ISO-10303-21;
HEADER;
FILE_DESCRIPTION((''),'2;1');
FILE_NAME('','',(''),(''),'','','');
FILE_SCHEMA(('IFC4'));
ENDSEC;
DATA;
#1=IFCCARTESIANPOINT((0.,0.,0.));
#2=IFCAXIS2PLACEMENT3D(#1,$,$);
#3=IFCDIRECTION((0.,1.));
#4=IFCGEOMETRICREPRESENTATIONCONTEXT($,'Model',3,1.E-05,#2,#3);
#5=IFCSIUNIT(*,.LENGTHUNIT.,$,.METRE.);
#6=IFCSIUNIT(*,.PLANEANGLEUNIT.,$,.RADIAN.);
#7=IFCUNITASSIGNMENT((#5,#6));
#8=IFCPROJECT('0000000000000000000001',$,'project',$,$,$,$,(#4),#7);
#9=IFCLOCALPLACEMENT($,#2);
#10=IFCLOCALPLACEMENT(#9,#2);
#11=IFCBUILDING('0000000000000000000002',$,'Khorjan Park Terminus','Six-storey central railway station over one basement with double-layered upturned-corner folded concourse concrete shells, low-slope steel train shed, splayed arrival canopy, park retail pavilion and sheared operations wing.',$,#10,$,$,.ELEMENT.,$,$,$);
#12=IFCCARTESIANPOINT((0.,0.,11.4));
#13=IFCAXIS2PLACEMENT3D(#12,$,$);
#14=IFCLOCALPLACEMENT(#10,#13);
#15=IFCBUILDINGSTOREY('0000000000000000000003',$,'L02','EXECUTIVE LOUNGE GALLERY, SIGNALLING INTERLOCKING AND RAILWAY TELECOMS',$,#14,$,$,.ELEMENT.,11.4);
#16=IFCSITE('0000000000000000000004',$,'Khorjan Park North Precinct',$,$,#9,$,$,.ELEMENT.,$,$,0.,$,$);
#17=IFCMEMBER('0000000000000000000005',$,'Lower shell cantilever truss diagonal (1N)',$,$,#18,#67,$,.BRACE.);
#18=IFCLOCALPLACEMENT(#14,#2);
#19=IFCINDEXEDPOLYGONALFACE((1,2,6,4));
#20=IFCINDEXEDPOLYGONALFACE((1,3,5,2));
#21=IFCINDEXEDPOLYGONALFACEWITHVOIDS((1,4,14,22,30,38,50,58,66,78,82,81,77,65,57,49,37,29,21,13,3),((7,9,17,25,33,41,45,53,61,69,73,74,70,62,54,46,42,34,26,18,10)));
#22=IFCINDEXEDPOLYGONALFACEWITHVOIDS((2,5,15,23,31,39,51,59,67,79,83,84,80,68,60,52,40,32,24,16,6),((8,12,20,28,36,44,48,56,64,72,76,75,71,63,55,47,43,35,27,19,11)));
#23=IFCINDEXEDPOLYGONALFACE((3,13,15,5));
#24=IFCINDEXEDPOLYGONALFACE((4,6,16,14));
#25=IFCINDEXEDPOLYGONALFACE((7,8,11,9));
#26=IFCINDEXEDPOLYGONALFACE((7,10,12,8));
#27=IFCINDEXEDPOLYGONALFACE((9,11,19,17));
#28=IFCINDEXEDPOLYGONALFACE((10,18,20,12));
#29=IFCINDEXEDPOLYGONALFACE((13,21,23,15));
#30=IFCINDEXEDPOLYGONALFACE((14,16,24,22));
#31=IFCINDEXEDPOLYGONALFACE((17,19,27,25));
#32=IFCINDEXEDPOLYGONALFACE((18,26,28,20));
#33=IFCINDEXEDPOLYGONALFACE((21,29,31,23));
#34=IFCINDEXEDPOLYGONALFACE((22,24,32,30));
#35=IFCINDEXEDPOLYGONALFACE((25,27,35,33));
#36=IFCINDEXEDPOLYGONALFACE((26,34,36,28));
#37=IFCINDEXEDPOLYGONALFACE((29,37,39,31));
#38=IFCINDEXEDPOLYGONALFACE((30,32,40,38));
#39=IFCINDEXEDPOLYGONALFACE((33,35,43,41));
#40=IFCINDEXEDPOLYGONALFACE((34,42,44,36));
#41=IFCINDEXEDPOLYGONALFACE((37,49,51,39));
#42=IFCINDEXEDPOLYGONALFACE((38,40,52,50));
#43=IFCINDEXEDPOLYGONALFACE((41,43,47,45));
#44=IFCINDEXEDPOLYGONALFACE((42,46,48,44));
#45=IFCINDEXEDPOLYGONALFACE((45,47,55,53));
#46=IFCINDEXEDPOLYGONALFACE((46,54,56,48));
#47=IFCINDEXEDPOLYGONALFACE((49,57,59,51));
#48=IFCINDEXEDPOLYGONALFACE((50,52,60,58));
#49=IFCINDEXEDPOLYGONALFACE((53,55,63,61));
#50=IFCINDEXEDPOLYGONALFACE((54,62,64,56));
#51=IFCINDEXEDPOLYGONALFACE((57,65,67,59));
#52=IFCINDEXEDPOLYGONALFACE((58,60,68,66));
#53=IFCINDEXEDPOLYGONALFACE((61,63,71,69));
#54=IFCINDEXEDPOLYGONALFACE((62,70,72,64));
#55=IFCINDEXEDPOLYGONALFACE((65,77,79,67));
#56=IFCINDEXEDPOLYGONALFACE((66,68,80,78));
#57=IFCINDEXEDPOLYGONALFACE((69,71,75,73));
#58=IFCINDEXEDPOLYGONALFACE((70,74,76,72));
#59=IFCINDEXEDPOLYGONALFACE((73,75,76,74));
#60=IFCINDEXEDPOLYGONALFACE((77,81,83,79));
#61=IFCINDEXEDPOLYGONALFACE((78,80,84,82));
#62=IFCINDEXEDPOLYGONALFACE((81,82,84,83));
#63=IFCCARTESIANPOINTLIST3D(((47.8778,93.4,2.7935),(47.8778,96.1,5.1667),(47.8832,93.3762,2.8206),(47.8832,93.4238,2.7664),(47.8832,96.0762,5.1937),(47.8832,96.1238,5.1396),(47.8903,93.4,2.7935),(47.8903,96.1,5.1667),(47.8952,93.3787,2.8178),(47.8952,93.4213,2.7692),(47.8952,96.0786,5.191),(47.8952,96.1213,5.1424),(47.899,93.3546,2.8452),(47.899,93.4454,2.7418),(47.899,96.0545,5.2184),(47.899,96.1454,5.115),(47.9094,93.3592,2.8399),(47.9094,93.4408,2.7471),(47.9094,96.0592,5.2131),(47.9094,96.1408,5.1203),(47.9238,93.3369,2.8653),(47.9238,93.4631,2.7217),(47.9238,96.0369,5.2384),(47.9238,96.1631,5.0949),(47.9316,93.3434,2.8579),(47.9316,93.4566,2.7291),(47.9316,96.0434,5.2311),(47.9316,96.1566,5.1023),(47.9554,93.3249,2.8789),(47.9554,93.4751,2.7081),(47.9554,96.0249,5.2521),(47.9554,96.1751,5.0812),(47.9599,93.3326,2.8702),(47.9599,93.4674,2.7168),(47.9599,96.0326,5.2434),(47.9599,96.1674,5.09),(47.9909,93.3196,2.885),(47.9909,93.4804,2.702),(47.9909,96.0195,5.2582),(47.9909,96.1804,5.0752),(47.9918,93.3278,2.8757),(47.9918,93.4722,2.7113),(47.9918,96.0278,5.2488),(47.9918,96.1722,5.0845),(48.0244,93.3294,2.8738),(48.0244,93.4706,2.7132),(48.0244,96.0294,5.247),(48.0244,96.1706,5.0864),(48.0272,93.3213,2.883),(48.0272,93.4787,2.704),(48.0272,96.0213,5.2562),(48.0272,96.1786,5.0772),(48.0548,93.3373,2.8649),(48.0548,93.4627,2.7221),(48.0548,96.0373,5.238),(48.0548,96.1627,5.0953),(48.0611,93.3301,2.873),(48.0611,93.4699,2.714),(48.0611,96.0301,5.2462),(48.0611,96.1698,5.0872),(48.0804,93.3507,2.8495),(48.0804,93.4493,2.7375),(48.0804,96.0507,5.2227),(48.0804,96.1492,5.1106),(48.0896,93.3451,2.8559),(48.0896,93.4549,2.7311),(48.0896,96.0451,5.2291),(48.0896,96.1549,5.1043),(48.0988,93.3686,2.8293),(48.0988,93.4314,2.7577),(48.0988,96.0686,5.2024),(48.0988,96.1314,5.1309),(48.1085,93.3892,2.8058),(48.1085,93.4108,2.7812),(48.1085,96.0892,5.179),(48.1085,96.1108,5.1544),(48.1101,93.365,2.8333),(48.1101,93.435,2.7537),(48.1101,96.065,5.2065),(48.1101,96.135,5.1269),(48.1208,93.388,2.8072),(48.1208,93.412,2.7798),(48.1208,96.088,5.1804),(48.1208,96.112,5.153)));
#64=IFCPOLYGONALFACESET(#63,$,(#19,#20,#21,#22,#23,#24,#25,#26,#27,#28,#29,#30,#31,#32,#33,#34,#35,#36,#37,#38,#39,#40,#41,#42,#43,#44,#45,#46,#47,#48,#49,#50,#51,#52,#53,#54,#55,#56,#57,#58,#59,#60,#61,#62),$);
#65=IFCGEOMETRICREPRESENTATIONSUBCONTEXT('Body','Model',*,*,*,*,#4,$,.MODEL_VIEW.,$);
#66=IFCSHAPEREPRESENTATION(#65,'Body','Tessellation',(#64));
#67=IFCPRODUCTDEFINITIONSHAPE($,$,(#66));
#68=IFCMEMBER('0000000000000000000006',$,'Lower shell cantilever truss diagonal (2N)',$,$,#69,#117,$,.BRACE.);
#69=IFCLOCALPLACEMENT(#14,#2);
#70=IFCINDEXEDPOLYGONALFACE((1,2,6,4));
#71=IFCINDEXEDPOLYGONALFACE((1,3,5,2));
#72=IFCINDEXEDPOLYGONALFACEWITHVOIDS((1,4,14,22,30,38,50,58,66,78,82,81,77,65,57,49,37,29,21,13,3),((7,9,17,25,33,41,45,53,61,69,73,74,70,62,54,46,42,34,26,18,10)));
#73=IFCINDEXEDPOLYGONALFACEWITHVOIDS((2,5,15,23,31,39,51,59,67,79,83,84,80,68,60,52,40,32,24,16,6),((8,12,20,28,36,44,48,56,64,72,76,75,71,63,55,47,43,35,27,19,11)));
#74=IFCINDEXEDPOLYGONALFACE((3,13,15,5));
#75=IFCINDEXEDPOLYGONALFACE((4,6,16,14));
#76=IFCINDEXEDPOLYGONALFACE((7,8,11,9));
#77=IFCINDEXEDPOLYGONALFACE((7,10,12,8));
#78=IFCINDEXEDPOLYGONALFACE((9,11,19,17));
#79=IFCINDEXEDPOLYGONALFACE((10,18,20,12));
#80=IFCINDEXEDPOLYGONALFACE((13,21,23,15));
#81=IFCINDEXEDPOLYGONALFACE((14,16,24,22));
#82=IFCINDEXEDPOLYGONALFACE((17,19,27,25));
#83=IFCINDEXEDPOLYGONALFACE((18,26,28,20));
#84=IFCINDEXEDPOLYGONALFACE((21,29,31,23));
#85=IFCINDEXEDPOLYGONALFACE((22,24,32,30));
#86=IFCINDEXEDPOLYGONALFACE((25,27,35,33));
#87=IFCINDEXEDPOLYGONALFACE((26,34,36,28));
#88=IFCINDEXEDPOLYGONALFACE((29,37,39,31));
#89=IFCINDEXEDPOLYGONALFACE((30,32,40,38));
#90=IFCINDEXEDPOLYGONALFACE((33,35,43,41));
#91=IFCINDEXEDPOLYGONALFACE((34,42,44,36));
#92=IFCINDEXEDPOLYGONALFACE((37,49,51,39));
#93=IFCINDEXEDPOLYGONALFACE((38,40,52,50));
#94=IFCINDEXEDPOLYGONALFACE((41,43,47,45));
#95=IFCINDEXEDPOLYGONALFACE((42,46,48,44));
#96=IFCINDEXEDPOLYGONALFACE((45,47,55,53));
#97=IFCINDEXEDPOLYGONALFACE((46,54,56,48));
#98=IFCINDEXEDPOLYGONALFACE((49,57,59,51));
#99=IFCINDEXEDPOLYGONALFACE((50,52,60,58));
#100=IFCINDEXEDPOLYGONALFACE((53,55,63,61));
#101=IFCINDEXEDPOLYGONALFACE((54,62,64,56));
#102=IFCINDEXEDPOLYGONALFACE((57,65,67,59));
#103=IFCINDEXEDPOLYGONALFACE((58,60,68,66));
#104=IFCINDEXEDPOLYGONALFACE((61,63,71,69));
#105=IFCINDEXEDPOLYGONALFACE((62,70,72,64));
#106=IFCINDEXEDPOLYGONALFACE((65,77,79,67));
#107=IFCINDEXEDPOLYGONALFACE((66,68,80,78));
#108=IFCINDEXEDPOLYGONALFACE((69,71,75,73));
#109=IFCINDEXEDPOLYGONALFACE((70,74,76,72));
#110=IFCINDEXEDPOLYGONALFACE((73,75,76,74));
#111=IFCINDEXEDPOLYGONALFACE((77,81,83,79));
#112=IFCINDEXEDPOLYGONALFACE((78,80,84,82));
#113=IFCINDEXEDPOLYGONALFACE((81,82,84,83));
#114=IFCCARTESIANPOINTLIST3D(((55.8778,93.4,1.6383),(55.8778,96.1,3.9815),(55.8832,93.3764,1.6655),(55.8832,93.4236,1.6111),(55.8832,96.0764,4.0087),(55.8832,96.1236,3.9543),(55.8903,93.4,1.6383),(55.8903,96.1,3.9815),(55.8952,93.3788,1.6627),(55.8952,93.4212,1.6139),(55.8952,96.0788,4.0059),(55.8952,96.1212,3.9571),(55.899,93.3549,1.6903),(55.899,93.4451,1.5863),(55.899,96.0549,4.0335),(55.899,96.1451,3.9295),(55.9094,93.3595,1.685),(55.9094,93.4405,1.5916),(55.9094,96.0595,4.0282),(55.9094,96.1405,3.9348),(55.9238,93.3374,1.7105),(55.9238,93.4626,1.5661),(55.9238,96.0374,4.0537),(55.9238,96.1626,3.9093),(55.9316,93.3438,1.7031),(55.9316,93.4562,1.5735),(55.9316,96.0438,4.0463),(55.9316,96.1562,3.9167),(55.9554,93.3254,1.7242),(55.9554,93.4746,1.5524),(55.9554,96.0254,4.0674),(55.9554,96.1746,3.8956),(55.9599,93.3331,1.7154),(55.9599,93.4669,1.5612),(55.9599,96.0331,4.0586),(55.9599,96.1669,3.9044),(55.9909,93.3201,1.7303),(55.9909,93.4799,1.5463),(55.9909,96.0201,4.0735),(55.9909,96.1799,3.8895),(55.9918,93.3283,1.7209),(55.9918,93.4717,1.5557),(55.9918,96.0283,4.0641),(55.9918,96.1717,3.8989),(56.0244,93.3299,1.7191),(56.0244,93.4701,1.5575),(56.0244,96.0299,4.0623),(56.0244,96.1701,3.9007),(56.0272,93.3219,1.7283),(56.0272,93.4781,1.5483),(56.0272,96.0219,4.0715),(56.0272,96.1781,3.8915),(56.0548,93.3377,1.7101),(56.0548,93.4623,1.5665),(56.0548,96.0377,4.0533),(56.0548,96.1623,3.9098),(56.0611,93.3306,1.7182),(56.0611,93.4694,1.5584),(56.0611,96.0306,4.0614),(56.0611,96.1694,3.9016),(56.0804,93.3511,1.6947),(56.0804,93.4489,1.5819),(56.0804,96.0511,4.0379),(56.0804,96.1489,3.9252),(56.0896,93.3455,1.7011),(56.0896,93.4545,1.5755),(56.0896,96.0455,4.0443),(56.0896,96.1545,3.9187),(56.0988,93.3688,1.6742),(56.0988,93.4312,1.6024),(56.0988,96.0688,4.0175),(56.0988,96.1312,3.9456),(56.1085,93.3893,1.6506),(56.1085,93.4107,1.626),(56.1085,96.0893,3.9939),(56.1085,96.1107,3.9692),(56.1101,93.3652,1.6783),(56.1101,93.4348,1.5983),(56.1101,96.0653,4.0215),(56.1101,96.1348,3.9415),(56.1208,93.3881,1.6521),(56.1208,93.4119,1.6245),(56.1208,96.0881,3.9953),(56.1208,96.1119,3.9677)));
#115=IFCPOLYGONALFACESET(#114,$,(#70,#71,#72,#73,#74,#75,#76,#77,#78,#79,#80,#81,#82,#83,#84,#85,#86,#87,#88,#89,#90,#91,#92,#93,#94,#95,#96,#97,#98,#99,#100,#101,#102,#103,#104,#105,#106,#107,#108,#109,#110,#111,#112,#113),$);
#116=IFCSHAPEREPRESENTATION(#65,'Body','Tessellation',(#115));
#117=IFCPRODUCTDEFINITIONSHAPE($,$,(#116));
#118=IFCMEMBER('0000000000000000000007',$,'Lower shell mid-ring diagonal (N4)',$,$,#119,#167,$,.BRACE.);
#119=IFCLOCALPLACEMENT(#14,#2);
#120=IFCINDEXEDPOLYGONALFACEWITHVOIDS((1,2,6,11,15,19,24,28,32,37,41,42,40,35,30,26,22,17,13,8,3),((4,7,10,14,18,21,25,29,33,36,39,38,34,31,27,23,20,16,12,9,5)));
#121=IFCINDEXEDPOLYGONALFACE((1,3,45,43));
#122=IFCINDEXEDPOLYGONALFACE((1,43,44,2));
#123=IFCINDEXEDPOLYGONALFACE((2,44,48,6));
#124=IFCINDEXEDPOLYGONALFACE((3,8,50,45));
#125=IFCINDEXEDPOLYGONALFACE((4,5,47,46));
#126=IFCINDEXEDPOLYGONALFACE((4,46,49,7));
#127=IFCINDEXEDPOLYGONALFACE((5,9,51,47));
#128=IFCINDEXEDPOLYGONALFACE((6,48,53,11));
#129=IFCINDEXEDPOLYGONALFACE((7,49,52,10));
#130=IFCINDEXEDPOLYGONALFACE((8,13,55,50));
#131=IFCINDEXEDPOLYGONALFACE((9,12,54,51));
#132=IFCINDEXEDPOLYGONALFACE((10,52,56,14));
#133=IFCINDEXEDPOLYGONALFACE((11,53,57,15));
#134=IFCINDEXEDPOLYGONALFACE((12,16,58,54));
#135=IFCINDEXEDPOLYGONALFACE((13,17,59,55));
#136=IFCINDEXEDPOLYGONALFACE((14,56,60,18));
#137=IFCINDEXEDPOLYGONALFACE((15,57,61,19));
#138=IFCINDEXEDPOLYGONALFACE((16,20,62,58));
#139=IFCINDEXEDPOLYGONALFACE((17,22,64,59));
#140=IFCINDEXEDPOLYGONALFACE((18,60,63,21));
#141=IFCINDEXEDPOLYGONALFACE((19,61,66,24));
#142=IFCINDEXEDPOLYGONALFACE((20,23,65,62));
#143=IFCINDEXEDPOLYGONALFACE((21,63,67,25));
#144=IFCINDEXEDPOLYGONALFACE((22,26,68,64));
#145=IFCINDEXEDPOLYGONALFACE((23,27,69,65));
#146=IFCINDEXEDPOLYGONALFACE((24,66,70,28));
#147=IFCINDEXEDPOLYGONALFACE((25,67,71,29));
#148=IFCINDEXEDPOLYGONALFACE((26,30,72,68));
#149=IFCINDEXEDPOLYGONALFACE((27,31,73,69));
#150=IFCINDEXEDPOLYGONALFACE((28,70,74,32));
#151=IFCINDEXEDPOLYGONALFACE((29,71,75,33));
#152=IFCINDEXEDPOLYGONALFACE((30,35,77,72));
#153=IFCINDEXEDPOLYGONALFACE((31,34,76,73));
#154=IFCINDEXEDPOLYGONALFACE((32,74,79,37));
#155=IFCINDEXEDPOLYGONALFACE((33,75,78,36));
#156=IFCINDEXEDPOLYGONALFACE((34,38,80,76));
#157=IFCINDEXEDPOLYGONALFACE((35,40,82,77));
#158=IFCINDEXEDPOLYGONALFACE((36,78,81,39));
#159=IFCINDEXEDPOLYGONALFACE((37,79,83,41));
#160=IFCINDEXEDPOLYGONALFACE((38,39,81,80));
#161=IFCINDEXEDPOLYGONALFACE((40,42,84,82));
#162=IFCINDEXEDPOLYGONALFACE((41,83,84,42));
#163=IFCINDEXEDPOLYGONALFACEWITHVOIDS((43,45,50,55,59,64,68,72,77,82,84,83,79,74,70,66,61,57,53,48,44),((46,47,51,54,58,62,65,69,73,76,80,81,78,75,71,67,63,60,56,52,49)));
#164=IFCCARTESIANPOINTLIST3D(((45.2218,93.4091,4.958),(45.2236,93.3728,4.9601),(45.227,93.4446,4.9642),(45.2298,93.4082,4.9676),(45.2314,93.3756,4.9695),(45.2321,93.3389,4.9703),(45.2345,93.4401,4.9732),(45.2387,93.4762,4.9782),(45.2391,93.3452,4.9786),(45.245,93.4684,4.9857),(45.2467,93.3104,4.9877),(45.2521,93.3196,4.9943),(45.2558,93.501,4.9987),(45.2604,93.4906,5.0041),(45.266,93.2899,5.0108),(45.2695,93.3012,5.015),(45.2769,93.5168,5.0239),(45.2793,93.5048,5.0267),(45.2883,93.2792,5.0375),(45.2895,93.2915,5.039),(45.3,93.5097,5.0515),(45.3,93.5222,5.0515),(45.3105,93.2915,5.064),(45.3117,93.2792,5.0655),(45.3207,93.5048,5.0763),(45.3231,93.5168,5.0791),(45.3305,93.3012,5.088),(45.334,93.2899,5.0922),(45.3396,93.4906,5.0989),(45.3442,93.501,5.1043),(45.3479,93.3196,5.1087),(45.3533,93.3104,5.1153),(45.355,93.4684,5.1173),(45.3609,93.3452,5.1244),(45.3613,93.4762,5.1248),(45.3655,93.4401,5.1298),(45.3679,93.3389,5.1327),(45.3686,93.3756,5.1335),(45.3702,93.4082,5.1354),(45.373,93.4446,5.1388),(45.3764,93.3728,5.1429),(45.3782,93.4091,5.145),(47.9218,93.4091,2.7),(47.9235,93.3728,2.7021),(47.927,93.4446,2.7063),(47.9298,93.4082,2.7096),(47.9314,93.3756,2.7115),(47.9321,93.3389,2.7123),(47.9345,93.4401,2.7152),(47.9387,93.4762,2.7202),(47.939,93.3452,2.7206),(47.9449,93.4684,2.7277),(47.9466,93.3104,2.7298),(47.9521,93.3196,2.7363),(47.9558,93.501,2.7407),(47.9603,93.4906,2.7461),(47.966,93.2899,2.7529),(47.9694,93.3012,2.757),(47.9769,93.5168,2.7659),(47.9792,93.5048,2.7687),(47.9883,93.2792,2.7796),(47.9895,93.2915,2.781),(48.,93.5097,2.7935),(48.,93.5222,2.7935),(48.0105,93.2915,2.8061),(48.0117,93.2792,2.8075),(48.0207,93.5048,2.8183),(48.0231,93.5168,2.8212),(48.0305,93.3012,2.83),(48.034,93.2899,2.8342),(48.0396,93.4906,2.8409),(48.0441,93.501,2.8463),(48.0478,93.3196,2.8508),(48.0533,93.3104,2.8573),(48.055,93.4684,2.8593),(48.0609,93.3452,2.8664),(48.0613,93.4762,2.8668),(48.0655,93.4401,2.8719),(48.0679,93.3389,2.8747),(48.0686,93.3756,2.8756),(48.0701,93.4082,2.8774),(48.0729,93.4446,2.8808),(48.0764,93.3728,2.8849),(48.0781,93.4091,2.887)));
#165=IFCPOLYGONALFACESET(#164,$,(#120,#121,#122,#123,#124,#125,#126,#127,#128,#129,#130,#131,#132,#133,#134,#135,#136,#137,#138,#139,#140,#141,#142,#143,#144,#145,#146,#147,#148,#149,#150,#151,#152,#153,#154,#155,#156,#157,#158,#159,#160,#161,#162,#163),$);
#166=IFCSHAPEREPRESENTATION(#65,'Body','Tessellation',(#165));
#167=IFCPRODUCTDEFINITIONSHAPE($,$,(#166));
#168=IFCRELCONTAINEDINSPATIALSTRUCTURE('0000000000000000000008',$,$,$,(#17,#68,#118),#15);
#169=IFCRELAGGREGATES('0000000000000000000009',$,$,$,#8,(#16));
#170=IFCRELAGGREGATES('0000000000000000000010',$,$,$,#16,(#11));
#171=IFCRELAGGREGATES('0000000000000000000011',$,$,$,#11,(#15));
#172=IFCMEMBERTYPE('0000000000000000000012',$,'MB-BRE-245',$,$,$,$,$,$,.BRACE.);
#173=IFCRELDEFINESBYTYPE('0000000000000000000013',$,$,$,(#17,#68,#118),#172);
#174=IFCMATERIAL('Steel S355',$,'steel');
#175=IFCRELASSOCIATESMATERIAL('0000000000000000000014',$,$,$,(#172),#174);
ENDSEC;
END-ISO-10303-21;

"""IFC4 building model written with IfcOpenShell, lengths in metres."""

from ifc_helpers import new_model, si_unit, direction, frame, origin, origin_2d, place, context, subcontext, project, spatial, hollow_circle, extrude, material, material_profile, profile_set, type_object, element, save


model = new_model("IFC4")

# Units and contexts
model_context = context("Model", 3, precision=1e-05, world=origin(), true_north=direction((0.0, 1.0)))
body_context = subcontext(model_context, "Body", "Model", "MODEL_VIEW")
ifc_project = project(units=[si_unit("LENGTHUNIT", "METRE"), si_unit("PLANEANGLEUNIT", "RADIAN")], contexts=[model_context])

# Site, building, storey
site_placement = place(None, origin())
site = spatial("IfcSite", under=ifc_project, at=site_placement, Name="Khorjan Park North Precinct", CompositionType="ELEMENT", RefElevation=0.0)
building_placement = place(site_placement, origin())
building = spatial("IfcBuilding", under=site, at=building_placement, Name="Khorjan Park Terminus", Description="Six-storey central railway station over one basement with double-layered upturned-corner folded concourse concrete shells, low-slope steel train shed, splayed arrival canopy, park retail pavilion and sheared operations wing.", CompositionType="ELEMENT")
storey_placement = place(building_placement, frame((0.0, 0.0, 11.4)))
storey = spatial("IfcBuildingStorey", under=building, at=storey_placement, Name="L02", Description="EXECUTIVE LOUNGE GALLERY, SIGNALLING INTERLOCKING AND RAILWAY TELECOMS", CompositionType="ELEMENT", Elevation=11.4)

# Members
ifc_material_1 = material(Name="Steel S355", Category="steel")
ifc_material_profile_1 = material_profile(ifc_material_1, hollow_circle(Radius=0.1222, WallThickness=0.0125, at=origin_2d()), Name="CHS 244.5x12.5")
ifc_profile_set_1 = profile_set([ifc_material_profile_1], Name="Steel S355")
member_type_1 = type_object("IfcMemberType", Name="MB-BRE-245", PredefinedType="BRACE", material=ifc_profile_set_1)
member_1_placement = place(storey_placement, frame((48.0, 93.4, 2.7935), z_axis=(0.0, 0.7511, 0.660189), x_axis=(-1.0, 0.0, 0.0)))
element("IfcMember", 1, at=member_1_placement, inside=storey, type_object=member_type_1, Name="Lower shell cantilever truss diagonal (1N)", PredefinedType="BRACE", context=body_context, shape_type="SweptSolid", body=[
    extrude(hollow_circle(Radius=0.1222, WallThickness=0.0125, at=origin_2d()), origin(), (0.0, 0.0, 1.0), 3.5947),
])
member_2_placement = place(storey_placement, frame((56.0, 93.4, 1.6383), z_axis=(0.0, 0.755246, 0.655442), x_axis=(-1.0, 0.0, 0.0)))
element("IfcMember", 2, at=member_2_placement, inside=storey, type_object=member_type_1, Name="Lower shell cantilever truss diagonal (2N)", PredefinedType="BRACE", context=body_context, shape_type="SweptSolid", body=[
    extrude(hollow_circle(Radius=0.1222, WallThickness=0.0125, at=origin_2d()), origin(), (0.0, 0.0, 1.0), 3.575),
])
member_3_placement = place(storey_placement, frame((45.3, 93.4, 5.0515), z_axis=(0.767102, 0.0, -0.641525), x_axis=(0.0, 1.0, 0.0)))
element("IfcMember", 3, at=member_3_placement, inside=storey, type_object=member_type_1, Name="Lower shell mid-ring diagonal (N4)", PredefinedType="BRACE", context=body_context, shape_type="SweptSolid", body=[
    extrude(hollow_circle(Radius=0.1222, WallThickness=0.0125, at=origin_2d()), origin(), (0.0, 0.0, 1.0), 3.5197),
])

save(model, "model.ifc")
